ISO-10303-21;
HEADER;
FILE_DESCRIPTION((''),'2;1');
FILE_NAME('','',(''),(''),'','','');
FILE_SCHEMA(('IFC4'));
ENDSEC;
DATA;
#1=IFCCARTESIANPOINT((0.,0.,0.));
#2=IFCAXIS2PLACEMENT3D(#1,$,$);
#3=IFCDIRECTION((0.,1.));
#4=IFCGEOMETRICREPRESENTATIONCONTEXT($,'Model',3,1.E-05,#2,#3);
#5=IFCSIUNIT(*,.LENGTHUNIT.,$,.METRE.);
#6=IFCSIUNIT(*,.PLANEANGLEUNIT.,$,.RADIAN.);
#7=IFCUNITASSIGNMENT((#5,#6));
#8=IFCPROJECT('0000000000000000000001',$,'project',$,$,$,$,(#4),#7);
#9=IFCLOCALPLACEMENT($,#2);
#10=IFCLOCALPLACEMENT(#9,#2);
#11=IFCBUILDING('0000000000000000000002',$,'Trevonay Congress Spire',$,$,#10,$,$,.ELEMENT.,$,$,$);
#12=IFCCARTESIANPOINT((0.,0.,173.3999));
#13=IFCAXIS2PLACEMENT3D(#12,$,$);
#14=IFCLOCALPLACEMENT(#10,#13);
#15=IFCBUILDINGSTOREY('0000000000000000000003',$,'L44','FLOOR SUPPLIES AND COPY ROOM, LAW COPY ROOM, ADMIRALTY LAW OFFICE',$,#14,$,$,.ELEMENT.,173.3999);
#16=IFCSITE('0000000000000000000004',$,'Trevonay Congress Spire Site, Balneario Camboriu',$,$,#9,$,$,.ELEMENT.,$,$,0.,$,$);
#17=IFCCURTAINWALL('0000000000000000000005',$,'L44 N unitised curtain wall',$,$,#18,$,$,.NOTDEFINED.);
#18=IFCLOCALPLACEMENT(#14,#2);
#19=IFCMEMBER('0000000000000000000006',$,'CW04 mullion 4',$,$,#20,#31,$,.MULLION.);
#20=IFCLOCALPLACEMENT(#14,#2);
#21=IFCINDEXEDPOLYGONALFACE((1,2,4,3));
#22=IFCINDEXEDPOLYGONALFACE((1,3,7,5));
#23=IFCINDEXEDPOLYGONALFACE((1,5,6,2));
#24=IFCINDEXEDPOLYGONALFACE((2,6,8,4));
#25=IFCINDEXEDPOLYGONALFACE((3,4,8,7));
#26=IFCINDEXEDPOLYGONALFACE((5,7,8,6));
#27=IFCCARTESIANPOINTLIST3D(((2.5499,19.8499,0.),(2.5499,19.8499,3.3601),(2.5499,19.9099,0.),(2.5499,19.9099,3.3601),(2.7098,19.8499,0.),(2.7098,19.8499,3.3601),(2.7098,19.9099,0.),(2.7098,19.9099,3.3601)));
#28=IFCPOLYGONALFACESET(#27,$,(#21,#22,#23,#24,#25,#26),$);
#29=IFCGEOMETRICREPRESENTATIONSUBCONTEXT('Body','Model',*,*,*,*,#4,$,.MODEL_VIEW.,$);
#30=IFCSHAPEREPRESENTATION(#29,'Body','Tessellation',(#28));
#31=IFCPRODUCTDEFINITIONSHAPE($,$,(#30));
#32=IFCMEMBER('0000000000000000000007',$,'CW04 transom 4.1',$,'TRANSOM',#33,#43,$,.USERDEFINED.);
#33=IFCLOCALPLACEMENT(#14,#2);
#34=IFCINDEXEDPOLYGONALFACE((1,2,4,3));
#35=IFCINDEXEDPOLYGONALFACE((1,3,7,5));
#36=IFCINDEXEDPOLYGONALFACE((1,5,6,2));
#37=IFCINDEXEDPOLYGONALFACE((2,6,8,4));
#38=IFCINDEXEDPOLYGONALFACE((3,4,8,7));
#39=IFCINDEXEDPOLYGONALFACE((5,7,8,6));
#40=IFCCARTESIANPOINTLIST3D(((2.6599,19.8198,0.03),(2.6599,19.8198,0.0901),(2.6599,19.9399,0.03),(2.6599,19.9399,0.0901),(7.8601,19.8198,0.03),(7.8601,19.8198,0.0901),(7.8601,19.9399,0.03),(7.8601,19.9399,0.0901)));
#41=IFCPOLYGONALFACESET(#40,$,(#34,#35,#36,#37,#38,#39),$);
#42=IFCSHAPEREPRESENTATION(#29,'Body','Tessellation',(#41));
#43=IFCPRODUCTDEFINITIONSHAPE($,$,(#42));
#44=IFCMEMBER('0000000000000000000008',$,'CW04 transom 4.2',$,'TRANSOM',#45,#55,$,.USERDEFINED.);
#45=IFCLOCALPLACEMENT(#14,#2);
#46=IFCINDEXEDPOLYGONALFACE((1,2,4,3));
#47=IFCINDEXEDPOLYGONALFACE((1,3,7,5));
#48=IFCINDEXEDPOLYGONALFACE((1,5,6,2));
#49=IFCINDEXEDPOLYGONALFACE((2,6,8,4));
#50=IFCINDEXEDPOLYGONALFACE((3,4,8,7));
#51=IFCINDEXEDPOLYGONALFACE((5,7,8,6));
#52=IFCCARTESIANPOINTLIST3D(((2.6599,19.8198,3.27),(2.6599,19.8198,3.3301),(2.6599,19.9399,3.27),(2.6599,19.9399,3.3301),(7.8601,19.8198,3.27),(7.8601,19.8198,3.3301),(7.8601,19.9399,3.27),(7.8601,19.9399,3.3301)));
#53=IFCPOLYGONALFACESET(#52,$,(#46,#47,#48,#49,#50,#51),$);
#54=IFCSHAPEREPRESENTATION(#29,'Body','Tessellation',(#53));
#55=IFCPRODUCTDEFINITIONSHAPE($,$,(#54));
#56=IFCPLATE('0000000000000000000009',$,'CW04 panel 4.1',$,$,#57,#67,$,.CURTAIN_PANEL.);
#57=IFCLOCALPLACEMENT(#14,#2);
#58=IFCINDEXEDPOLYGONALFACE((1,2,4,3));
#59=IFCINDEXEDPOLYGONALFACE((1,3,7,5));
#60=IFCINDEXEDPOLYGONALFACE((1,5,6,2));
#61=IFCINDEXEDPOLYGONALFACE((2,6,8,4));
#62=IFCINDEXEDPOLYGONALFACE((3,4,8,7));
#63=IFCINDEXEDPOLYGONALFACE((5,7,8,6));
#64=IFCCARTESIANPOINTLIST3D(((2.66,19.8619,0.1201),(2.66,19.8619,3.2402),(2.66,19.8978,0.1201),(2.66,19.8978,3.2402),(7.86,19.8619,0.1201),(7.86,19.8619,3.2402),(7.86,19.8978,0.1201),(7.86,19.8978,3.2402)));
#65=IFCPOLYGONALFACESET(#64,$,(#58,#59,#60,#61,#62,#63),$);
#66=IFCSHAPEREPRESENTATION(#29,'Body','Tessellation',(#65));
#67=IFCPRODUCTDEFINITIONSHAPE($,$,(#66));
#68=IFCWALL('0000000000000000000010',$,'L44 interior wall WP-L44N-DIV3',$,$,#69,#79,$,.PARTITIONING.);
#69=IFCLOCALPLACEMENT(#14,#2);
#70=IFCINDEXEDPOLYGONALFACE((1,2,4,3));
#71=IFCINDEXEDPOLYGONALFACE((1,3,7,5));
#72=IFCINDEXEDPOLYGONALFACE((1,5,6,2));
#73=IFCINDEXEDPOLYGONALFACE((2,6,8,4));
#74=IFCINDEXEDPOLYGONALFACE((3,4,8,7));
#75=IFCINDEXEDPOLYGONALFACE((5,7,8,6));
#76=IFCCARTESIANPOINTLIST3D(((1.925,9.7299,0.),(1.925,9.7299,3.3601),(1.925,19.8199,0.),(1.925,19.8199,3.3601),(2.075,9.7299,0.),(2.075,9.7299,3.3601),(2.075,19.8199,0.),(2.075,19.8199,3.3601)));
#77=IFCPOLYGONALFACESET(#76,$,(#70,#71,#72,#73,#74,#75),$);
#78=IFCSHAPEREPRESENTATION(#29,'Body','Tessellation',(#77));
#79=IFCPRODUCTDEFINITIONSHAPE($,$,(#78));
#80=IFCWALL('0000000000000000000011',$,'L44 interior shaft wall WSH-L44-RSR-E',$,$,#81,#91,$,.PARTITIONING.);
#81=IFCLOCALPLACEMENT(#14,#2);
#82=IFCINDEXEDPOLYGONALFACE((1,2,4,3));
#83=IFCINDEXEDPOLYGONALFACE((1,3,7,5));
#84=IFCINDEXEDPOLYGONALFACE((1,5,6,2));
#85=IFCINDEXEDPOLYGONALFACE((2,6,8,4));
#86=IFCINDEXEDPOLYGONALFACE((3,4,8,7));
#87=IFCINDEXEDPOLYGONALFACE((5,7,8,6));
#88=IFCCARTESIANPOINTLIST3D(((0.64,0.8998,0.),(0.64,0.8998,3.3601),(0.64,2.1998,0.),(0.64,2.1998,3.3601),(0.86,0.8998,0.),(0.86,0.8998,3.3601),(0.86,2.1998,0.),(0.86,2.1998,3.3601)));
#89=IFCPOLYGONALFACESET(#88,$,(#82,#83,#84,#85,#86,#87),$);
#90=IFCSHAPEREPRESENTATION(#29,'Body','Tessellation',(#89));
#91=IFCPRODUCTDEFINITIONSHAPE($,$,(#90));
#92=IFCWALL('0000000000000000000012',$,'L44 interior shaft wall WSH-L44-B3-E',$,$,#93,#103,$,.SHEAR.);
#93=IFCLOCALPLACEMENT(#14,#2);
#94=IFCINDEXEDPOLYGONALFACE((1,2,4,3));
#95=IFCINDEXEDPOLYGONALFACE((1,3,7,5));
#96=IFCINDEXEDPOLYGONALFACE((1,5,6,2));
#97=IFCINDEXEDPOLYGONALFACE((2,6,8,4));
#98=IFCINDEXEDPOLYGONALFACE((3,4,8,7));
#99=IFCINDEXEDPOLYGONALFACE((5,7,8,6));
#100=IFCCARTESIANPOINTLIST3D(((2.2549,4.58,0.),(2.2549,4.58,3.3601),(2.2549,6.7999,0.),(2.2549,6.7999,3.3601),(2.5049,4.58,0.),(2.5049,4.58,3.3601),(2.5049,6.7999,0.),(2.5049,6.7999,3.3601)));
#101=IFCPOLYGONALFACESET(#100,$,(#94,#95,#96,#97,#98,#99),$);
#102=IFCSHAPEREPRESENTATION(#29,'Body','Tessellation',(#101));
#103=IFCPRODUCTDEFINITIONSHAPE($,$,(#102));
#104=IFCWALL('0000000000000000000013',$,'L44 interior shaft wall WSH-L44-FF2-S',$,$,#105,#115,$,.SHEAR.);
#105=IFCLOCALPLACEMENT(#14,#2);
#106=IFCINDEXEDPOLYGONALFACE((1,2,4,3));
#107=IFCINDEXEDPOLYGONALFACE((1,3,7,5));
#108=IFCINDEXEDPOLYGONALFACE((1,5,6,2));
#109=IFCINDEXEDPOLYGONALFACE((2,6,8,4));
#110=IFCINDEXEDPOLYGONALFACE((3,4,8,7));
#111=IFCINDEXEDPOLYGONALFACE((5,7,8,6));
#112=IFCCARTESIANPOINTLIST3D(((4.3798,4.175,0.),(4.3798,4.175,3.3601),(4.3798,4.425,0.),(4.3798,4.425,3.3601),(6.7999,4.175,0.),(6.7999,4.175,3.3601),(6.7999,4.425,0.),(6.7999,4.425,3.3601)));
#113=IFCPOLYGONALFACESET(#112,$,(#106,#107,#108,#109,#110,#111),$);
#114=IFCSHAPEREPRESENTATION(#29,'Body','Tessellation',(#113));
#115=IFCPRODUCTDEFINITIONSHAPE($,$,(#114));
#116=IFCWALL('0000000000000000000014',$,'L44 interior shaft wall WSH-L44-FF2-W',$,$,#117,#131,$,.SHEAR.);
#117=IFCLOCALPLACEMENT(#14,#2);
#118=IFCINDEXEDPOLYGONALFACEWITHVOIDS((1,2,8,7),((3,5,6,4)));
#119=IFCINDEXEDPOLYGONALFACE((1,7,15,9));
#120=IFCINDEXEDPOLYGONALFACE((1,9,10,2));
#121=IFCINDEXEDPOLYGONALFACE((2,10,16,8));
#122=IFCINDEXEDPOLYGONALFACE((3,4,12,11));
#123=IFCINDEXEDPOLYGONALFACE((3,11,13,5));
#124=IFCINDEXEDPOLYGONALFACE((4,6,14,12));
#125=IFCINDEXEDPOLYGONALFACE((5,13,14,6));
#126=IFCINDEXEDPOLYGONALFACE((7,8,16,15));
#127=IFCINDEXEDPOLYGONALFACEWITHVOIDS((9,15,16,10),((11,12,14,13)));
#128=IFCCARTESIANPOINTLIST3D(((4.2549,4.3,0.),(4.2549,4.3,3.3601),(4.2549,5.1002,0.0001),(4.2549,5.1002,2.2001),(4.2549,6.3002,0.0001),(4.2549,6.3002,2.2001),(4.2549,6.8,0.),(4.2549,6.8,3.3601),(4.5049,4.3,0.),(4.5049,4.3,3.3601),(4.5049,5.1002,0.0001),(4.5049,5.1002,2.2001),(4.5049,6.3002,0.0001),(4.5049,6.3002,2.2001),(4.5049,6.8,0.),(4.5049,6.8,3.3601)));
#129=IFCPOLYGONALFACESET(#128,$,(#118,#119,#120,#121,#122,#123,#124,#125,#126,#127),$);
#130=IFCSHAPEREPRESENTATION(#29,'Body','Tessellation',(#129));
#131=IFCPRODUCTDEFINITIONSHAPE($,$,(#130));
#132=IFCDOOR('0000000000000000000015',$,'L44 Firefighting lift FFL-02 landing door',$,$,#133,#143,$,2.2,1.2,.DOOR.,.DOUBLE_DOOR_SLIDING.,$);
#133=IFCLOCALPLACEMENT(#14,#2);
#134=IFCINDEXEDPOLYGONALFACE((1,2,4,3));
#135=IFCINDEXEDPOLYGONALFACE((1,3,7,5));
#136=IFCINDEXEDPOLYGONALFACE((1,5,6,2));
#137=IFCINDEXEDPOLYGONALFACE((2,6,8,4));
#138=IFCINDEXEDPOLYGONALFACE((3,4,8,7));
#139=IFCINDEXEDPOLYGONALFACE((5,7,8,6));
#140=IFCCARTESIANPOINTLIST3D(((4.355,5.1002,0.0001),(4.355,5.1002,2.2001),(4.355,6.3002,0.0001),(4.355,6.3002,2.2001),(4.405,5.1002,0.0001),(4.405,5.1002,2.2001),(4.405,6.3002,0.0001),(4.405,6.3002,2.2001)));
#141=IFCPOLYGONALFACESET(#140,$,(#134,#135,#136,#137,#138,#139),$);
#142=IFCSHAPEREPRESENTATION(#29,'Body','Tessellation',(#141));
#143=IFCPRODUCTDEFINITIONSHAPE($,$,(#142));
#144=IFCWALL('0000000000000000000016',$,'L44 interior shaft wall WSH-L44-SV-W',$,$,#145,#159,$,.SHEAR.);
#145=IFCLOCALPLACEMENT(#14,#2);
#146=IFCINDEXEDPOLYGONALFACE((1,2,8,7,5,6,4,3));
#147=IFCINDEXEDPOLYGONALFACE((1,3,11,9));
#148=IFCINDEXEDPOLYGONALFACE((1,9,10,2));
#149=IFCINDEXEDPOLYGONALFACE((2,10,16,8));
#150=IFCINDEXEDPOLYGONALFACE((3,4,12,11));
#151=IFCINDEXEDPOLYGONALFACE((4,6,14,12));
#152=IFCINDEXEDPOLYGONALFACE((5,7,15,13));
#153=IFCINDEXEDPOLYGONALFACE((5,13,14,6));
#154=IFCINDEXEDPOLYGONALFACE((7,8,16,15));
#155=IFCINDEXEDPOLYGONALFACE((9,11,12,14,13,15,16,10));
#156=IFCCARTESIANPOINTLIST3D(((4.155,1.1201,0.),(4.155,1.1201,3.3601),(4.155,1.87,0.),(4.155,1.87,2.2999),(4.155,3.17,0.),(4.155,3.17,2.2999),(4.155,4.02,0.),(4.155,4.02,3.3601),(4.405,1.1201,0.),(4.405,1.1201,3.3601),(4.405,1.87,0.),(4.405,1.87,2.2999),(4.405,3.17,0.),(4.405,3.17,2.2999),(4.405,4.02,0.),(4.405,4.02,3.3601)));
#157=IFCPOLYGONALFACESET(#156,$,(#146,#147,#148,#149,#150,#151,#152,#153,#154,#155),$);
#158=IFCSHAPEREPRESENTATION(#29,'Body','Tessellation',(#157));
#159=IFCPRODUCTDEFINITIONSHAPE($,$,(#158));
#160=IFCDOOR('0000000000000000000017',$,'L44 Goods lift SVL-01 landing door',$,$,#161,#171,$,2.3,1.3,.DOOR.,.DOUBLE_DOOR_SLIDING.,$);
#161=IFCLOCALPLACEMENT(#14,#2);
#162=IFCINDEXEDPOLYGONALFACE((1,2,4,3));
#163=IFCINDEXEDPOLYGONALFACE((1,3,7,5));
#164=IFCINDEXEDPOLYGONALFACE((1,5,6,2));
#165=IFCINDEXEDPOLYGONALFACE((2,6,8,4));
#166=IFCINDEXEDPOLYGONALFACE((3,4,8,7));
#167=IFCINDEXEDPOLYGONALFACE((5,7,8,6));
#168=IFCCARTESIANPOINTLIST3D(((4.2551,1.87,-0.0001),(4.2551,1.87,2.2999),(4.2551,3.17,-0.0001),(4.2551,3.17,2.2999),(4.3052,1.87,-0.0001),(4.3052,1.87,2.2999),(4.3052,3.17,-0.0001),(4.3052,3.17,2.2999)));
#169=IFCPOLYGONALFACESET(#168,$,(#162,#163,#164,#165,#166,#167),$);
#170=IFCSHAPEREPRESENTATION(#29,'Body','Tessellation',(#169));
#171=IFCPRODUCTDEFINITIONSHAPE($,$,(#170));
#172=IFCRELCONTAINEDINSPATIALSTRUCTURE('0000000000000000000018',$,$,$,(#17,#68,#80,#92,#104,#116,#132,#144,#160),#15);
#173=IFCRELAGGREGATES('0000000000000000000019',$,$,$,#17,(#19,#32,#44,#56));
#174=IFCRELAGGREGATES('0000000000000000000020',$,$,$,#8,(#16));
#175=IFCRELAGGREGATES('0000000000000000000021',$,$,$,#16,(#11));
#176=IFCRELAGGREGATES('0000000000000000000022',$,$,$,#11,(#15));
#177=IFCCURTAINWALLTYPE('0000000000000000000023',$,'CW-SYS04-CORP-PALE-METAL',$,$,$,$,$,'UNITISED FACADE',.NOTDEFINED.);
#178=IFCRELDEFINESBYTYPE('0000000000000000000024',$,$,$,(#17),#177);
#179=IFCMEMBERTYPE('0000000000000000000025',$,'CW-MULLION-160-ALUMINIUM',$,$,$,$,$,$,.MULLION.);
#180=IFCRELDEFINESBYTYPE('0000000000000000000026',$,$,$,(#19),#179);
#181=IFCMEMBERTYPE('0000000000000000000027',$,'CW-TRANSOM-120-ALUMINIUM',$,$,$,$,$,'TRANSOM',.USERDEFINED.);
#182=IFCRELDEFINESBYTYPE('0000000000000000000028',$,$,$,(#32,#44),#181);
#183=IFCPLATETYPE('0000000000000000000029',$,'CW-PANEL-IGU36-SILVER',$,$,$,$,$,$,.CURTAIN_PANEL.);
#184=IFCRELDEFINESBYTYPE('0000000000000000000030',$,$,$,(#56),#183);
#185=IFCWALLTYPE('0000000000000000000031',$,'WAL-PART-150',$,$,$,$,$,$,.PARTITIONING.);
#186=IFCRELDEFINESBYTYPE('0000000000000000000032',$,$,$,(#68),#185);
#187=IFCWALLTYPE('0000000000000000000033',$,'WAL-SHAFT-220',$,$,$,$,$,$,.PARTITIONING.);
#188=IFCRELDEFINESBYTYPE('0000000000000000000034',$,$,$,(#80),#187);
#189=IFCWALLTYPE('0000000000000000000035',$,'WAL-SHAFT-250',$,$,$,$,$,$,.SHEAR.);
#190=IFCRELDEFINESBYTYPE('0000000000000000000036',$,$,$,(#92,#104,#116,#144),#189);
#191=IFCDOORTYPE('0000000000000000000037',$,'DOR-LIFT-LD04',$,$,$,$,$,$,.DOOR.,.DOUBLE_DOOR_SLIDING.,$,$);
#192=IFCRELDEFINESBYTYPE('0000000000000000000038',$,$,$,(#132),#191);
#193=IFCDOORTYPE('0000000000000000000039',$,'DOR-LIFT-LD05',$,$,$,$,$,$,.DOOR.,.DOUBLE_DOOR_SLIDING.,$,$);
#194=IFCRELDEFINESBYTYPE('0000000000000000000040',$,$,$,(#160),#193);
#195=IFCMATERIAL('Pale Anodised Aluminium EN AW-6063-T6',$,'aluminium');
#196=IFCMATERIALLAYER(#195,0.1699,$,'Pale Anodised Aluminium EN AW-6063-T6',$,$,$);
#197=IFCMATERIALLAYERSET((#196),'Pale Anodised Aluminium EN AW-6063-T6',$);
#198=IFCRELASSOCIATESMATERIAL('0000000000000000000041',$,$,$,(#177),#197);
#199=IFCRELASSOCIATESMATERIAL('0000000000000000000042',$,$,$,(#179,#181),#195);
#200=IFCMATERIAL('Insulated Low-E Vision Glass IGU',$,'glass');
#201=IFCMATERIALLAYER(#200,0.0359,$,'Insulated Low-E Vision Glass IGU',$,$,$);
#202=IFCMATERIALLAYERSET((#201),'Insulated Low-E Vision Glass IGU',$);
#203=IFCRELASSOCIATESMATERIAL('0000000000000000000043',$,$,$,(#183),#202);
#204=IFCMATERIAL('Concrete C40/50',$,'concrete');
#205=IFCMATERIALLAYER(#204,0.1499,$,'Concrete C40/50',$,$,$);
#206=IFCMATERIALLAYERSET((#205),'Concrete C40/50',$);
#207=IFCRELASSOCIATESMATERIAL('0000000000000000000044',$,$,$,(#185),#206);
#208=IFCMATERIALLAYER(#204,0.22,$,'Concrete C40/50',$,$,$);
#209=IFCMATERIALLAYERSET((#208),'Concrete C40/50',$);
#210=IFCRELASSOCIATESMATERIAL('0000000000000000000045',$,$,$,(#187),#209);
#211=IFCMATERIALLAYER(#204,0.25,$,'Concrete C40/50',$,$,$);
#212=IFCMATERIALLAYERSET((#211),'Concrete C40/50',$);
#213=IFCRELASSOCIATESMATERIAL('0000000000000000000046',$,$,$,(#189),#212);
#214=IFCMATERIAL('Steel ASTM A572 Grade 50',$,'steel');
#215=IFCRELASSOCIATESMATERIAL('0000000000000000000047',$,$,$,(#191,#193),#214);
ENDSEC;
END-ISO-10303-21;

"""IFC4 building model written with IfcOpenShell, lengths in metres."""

from ifc_helpers import new_model, si_unit, direction, frame, frame_2d, origin, origin_2d, place, context, subcontext, project, spatial, rectangle, extrude, material, layer, layer_set, material_profile, profile_set, type_object, element, fill, aggregate, save


model = new_model("IFC4")

# Units and contexts
model_context = context("Model", 3, precision=1e-05, world=origin(), true_north=direction((0.0, 1.0)))
body_context = subcontext(model_context, "Body", "Model", "MODEL_VIEW")
ifc_project = project(units=[si_unit("LENGTHUNIT", "METRE"), si_unit("PLANEANGLEUNIT", "RADIAN")], contexts=[model_context])

# Site, building, storey
site_placement = place(None, origin())
site = spatial("IfcSite", under=ifc_project, at=site_placement, Name="Trevonay Congress Spire Site, Balneario Camboriu", CompositionType="ELEMENT", RefElevation=0.0)
building_placement = place(site_placement, origin())
building = spatial("IfcBuilding", under=site, at=building_placement, Name="Trevonay Congress Spire", CompositionType="ELEMENT")
storey_placement = place(building_placement, frame((0.0, 0.0, 173.3999)))
storey = spatial("IfcBuildingStorey", under=building, at=storey_placement, Name="L44", Description="FLOOR SUPPLIES AND COPY ROOM, LAW COPY ROOM, ADMIRALTY LAW OFFICE", CompositionType="ELEMENT", Elevation=173.3999)

# Shared definitions
ifc_material_1 = material(Name="Steel ASTM A572 Grade 50", Category="steel")

# Curtain wall, members, plate
ifc_material_2 = material(Name="Pale Anodised Aluminium EN AW-6063-T6", Category="aluminium")
ifc_layer_1 = layer(ifc_material_2, 0.1699, Name="Pale Anodised Aluminium EN AW-6063-T6")
ifc_layer_set_1 = layer_set([ifc_layer_1], Name="Pale Anodised Aluminium EN AW-6063-T6")
curtain_wall_type = type_object("IfcCurtainWallType", Name="CW-SYS04-CORP-PALE-METAL", ElementType="UNITISED FACADE", PredefinedType="NOTDEFINED", material=ifc_layer_set_1)
curtain_wall_placement = place(storey_placement, origin())
curtain_wall = element("IfcCurtainWall", 1, at=curtain_wall_placement, inside=storey, type_object=curtain_wall_type, Name="L44 N unitised curtain wall", PredefinedType="NOTDEFINED")
ifc_material_profile_1 = material_profile(ifc_material_2, rectangle(XDim=0.0601, YDim=0.1599, at=origin_2d()), Name="CW-MULLION-160-ALUMINIUM")
ifc_profile_set_1 = profile_set([ifc_material_profile_1], Name="Pale Anodised Aluminium EN AW-6063-T6")
member_type_1 = type_object("IfcMemberType", Name="CW-MULLION-160-ALUMINIUM", PredefinedType="MULLION", material=ifc_profile_set_1)
member_1_placement = place(storey_placement, frame((2.6299, 19.8799, 0.0), z_axis=(0.0, 0.0, 1.0), x_axis=(0.0, 1.0, 0.0)))
member_1 = element("IfcMember", 2, at=member_1_placement, type_object=member_type_1, Name="CW04 mullion 4", PredefinedType="MULLION", context=body_context, shape_type="SweptSolid", body=[
    extrude(rectangle(XDim=0.0601, YDim=0.1599, at=origin_2d()), origin(), (0.0, 0.0, 1.0), 3.3601),
])
ifc_material_profile_2 = material_profile(ifc_material_2, rectangle(XDim=0.1201, YDim=0.0601, at=origin_2d()), Name="CW-TRANSOM-120-ALUMINIUM")
ifc_profile_set_2 = profile_set([ifc_material_profile_2], Name="Pale Anodised Aluminium EN AW-6063-T6")
member_type_2 = type_object("IfcMemberType", Name="CW-TRANSOM-120-ALUMINIUM", ElementType="TRANSOM", PredefinedType="USERDEFINED", material=ifc_profile_set_2)
member_2_placement = place(storey_placement, frame((2.6599, 19.8799, 0.0601), z_axis=(1.0, 0.0, 0.0), x_axis=(0.0, 1.0, 0.0)))
member_2 = element("IfcMember", 3, at=member_2_placement, type_object=member_type_2, Name="CW04 transom 4.1", ObjectType="TRANSOM", PredefinedType="USERDEFINED", context=body_context, shape_type="SweptSolid", body=[
    extrude(rectangle(XDim=0.1201, YDim=0.0601, at=origin_2d()), origin(), (0.0, 0.0, 1.0), 5.2002),
])
member_3_placement = place(storey_placement, frame((2.6599, 19.8799, 3.3), z_axis=(1.0, 0.0, 0.0), x_axis=(0.0, 1.0, 0.0)))
member_3 = element("IfcMember", 4, at=member_3_placement, type_object=member_type_2, Name="CW04 transom 4.2", ObjectType="TRANSOM", PredefinedType="USERDEFINED", context=body_context, shape_type="SweptSolid", body=[
    extrude(rectangle(XDim=0.1201, YDim=0.0601, at=origin_2d()), origin(), (0.0, 0.0, 1.0), 5.2002),
])
ifc_material_3 = material(Name="Insulated Low-E Vision Glass IGU", Category="glass")
ifc_layer_2 = layer(ifc_material_3, 0.0359, Name="Insulated Low-E Vision Glass IGU")
ifc_layer_set_2 = layer_set([ifc_layer_2], Name="Insulated Low-E Vision Glass IGU")
plate_type = type_object("IfcPlateType", Name="CW-PANEL-IGU36-SILVER", PredefinedType="CURTAIN_PANEL", material=ifc_layer_set_2)
plate_placement = place(storey_placement, frame((5.26, 19.8799, 0.1201), z_axis=(0.0, 0.0, 1.0), x_axis=(1.0, 0.0, 0.0)))
plate = element("IfcPlate", 5, at=plate_placement, type_object=plate_type, Name="CW04 panel 4.1", PredefinedType="CURTAIN_PANEL", context=body_context, shape_type="SweptSolid", body=[
    extrude(rectangle(XDim=5.2, YDim=0.0359, at=origin_2d()), origin(), (0.0, 0.0, 1.0), 3.1201),
])
aggregate(curtain_wall, [member_1, member_2, member_3, plate])

# Walls
ifc_material_4 = material(Name="Concrete C40/50", Category="concrete")
ifc_layer_3 = layer(ifc_material_4, 0.1499, Name="Concrete C40/50")
ifc_layer_set_3 = layer_set([ifc_layer_3], Name="Concrete C40/50")
wall_type_1 = type_object("IfcWallType", Name="WAL-PART-150", PredefinedType="PARTITIONING", material=ifc_layer_set_3)
wall_1_placement = place(storey_placement, frame((2.0, 9.73, 0.0), z_axis=(0.0, 0.0, 1.0), x_axis=(0.0, 1.0, 0.0)))
element("IfcWall", 6, at=wall_1_placement, inside=storey, type_object=wall_type_1, Name="L44 interior wall WP-L44N-DIV3", PredefinedType="PARTITIONING", context=body_context, shape_type="SweptSolid", body=[
    extrude(rectangle(XDim=10.0901, YDim=0.1499, at=frame_2d((5.0449, 0.0))), origin(), (0.0, 0.0, 1.0), 3.3601),
])
ifc_layer_4 = layer(ifc_material_4, 0.22, Name="Concrete C40/50")
ifc_layer_set_4 = layer_set([ifc_layer_4], Name="Concrete C40/50")
wall_type_2 = type_object("IfcWallType", Name="WAL-SHAFT-220", PredefinedType="PARTITIONING", material=ifc_layer_set_4)
wall_2_placement = place(storey_placement, frame((0.75, 0.8999, 0.0), z_axis=(0.0, 0.0, 1.0), x_axis=(0.0, 1.0, 0.0)))
element("IfcWall", 7, at=wall_2_placement, inside=storey, type_object=wall_type_2, Name="L44 interior shaft wall WSH-L44-RSR-E", PredefinedType="PARTITIONING", context=body_context, shape_type="SweptSolid", body=[
    extrude(rectangle(XDim=1.3, YDim=0.22, at=frame_2d((0.6499, 0.0))), origin(), (0.0, 0.0, 1.0), 3.3601),
])
ifc_layer_5 = layer(ifc_material_4, 0.25, Name="Concrete C40/50")
ifc_layer_set_5 = layer_set([ifc_layer_5], Name="Concrete C40/50")
wall_type_3 = type_object("IfcWallType", Name="WAL-SHAFT-250", PredefinedType="SHEAR", material=ifc_layer_set_5)
wall_3_placement = place(storey_placement, frame((2.3799, 4.5801, 0.0), z_axis=(0.0, 0.0, 1.0), x_axis=(0.0, 1.0, 0.0)))
element("IfcWall", 8, at=wall_3_placement, inside=storey, type_object=wall_type_3, Name="L44 interior shaft wall WSH-L44-B3-E", PredefinedType="SHEAR", context=body_context, shape_type="SweptSolid", body=[
    extrude(rectangle(XDim=2.22, YDim=0.25, at=frame_2d((1.1099, 0.0))), origin(), (0.0, 0.0, 1.0), 3.3601),
])
wall_4_placement = place(storey_placement, frame((4.3799, 4.3, 0.0), z_axis=(0.0, 0.0, 1.0), x_axis=(1.0, 0.0, 0.0)))
element("IfcWall", 9, at=wall_4_placement, inside=storey, type_object=wall_type_3, Name="L44 interior shaft wall WSH-L44-FF2-S", PredefinedType="SHEAR", context=body_context, shape_type="SweptSolid", body=[
    extrude(rectangle(XDim=2.4202, YDim=0.25, at=frame_2d((1.21, 0.0))), origin(), (0.0, 0.0, 1.0), 3.3601),
])

# Walls, openings, doors
wall_5_placement = place(storey_placement, frame((4.3799, 4.3, 0.0), z_axis=(0.0, 0.0, 1.0), x_axis=(0.0, 1.0, 0.0)))
wall_5 = element("IfcWall", 10, at=wall_5_placement, inside=storey, type_object=wall_type_3, Name="L44 interior shaft wall WSH-L44-FF2-W", PredefinedType="SHEAR", context=body_context, shape_type="SweptSolid", body=[
    extrude(rectangle(XDim=2.5, YDim=0.25, at=frame_2d((1.25, 0.0))), origin(), (0.0, 0.0, 1.0), 3.3601),
])
opening_1_placement = place(wall_5_placement, frame((0.8, 0.0, 0.0)))
opening_1 = element("IfcOpeningElement", 11, at=opening_1_placement, cuts=wall_5, PredefinedType="OPENING", context=body_context, shape_type="SweptSolid", body=[
    extrude(rectangle(XDim=1.2, YDim=2.2, at=frame_2d((0.6001, 1.1001))), frame((0.0, 0.135, 0.0), z_axis=(0.0, -1.0, 0.0), x_axis=(1.0, 0.0, 0.0)), (0.0, 0.0, 1.0), 0.27),
])
door_type_1 = type_object("IfcDoorType", Name="DOR-LIFT-LD04", OperationType="DOUBLE_DOOR_SLIDING", PredefinedType="DOOR", material=ifc_material_1)
door_1_placement = place(opening_1_placement, origin())
door_1 = element("IfcDoor", 12, at=door_1_placement, inside=storey, type_object=door_type_1, Name="L44 Firefighting lift FFL-02 landing door", OperationType="DOUBLE_DOOR_SLIDING", OverallHeight=2.2, OverallWidth=1.2, PredefinedType="DOOR", context=body_context, shape_type="SweptSolid", body=[
    extrude(rectangle(XDim=1.2, YDim=2.2, at=frame_2d((0.6001, 1.1001))), frame((0.0, 0.0249, 0.0), z_axis=(0.0, -1.0, 0.0), x_axis=(1.0, 0.0, 0.0)), (0.0, 0.0, 1.0), 0.05),
])
fill(opening_1, door_1)
wall_6_placement = place(storey_placement, frame((4.28, 1.1201, 0.0), z_axis=(0.0, 0.0, 1.0), x_axis=(0.0, 1.0, 0.0)))
wall_6 = element("IfcWall", 13, at=wall_6_placement, inside=storey, type_object=wall_type_3, Name="L44 interior shaft wall WSH-L44-SV-W", PredefinedType="SHEAR", context=body_context, shape_type="SweptSolid", body=[
    extrude(rectangle(XDim=2.8999, YDim=0.25, at=frame_2d((1.45, 0.0))), origin(), (0.0, 0.0, 1.0), 3.3601),
])
opening_2_placement = place(wall_6_placement, frame((0.75, 0.0, 0.0)))
opening_2 = element("IfcOpeningElement", 14, at=opening_2_placement, cuts=wall_6, PredefinedType="OPENING", context=body_context, shape_type="SweptSolid", body=[
    extrude(rectangle(XDim=1.3, YDim=2.3, at=frame_2d((0.6499, 1.1499))), frame((0.0, 0.135, 0.0), z_axis=(0.0, -1.0, 0.0), x_axis=(1.0, 0.0, 0.0)), (0.0, 0.0, 1.0), 0.27),
])
door_type_2 = type_object("IfcDoorType", Name="DOR-LIFT-LD05", OperationType="DOUBLE_DOOR_SLIDING", PredefinedType="DOOR", material=ifc_material_1)
door_2_placement = place(opening_2_placement, origin())
door_2 = element("IfcDoor", 15, at=door_2_placement, inside=storey, type_object=door_type_2, Name="L44 Goods lift SVL-01 landing door", OperationType="DOUBLE_DOOR_SLIDING", OverallHeight=2.3, OverallWidth=1.3, PredefinedType="DOOR", context=body_context, shape_type="SweptSolid", body=[
    extrude(rectangle(XDim=1.3, YDim=2.3, at=frame_2d((0.6499, 1.1499))), frame((0.0, 0.0249, 0.0), z_axis=(0.0, -1.0, 0.0), x_axis=(1.0, 0.0, 0.0)), (0.0, 0.0, 1.0), 0.05),
])
fill(opening_2, door_2)

save(model, "model.ifc")
